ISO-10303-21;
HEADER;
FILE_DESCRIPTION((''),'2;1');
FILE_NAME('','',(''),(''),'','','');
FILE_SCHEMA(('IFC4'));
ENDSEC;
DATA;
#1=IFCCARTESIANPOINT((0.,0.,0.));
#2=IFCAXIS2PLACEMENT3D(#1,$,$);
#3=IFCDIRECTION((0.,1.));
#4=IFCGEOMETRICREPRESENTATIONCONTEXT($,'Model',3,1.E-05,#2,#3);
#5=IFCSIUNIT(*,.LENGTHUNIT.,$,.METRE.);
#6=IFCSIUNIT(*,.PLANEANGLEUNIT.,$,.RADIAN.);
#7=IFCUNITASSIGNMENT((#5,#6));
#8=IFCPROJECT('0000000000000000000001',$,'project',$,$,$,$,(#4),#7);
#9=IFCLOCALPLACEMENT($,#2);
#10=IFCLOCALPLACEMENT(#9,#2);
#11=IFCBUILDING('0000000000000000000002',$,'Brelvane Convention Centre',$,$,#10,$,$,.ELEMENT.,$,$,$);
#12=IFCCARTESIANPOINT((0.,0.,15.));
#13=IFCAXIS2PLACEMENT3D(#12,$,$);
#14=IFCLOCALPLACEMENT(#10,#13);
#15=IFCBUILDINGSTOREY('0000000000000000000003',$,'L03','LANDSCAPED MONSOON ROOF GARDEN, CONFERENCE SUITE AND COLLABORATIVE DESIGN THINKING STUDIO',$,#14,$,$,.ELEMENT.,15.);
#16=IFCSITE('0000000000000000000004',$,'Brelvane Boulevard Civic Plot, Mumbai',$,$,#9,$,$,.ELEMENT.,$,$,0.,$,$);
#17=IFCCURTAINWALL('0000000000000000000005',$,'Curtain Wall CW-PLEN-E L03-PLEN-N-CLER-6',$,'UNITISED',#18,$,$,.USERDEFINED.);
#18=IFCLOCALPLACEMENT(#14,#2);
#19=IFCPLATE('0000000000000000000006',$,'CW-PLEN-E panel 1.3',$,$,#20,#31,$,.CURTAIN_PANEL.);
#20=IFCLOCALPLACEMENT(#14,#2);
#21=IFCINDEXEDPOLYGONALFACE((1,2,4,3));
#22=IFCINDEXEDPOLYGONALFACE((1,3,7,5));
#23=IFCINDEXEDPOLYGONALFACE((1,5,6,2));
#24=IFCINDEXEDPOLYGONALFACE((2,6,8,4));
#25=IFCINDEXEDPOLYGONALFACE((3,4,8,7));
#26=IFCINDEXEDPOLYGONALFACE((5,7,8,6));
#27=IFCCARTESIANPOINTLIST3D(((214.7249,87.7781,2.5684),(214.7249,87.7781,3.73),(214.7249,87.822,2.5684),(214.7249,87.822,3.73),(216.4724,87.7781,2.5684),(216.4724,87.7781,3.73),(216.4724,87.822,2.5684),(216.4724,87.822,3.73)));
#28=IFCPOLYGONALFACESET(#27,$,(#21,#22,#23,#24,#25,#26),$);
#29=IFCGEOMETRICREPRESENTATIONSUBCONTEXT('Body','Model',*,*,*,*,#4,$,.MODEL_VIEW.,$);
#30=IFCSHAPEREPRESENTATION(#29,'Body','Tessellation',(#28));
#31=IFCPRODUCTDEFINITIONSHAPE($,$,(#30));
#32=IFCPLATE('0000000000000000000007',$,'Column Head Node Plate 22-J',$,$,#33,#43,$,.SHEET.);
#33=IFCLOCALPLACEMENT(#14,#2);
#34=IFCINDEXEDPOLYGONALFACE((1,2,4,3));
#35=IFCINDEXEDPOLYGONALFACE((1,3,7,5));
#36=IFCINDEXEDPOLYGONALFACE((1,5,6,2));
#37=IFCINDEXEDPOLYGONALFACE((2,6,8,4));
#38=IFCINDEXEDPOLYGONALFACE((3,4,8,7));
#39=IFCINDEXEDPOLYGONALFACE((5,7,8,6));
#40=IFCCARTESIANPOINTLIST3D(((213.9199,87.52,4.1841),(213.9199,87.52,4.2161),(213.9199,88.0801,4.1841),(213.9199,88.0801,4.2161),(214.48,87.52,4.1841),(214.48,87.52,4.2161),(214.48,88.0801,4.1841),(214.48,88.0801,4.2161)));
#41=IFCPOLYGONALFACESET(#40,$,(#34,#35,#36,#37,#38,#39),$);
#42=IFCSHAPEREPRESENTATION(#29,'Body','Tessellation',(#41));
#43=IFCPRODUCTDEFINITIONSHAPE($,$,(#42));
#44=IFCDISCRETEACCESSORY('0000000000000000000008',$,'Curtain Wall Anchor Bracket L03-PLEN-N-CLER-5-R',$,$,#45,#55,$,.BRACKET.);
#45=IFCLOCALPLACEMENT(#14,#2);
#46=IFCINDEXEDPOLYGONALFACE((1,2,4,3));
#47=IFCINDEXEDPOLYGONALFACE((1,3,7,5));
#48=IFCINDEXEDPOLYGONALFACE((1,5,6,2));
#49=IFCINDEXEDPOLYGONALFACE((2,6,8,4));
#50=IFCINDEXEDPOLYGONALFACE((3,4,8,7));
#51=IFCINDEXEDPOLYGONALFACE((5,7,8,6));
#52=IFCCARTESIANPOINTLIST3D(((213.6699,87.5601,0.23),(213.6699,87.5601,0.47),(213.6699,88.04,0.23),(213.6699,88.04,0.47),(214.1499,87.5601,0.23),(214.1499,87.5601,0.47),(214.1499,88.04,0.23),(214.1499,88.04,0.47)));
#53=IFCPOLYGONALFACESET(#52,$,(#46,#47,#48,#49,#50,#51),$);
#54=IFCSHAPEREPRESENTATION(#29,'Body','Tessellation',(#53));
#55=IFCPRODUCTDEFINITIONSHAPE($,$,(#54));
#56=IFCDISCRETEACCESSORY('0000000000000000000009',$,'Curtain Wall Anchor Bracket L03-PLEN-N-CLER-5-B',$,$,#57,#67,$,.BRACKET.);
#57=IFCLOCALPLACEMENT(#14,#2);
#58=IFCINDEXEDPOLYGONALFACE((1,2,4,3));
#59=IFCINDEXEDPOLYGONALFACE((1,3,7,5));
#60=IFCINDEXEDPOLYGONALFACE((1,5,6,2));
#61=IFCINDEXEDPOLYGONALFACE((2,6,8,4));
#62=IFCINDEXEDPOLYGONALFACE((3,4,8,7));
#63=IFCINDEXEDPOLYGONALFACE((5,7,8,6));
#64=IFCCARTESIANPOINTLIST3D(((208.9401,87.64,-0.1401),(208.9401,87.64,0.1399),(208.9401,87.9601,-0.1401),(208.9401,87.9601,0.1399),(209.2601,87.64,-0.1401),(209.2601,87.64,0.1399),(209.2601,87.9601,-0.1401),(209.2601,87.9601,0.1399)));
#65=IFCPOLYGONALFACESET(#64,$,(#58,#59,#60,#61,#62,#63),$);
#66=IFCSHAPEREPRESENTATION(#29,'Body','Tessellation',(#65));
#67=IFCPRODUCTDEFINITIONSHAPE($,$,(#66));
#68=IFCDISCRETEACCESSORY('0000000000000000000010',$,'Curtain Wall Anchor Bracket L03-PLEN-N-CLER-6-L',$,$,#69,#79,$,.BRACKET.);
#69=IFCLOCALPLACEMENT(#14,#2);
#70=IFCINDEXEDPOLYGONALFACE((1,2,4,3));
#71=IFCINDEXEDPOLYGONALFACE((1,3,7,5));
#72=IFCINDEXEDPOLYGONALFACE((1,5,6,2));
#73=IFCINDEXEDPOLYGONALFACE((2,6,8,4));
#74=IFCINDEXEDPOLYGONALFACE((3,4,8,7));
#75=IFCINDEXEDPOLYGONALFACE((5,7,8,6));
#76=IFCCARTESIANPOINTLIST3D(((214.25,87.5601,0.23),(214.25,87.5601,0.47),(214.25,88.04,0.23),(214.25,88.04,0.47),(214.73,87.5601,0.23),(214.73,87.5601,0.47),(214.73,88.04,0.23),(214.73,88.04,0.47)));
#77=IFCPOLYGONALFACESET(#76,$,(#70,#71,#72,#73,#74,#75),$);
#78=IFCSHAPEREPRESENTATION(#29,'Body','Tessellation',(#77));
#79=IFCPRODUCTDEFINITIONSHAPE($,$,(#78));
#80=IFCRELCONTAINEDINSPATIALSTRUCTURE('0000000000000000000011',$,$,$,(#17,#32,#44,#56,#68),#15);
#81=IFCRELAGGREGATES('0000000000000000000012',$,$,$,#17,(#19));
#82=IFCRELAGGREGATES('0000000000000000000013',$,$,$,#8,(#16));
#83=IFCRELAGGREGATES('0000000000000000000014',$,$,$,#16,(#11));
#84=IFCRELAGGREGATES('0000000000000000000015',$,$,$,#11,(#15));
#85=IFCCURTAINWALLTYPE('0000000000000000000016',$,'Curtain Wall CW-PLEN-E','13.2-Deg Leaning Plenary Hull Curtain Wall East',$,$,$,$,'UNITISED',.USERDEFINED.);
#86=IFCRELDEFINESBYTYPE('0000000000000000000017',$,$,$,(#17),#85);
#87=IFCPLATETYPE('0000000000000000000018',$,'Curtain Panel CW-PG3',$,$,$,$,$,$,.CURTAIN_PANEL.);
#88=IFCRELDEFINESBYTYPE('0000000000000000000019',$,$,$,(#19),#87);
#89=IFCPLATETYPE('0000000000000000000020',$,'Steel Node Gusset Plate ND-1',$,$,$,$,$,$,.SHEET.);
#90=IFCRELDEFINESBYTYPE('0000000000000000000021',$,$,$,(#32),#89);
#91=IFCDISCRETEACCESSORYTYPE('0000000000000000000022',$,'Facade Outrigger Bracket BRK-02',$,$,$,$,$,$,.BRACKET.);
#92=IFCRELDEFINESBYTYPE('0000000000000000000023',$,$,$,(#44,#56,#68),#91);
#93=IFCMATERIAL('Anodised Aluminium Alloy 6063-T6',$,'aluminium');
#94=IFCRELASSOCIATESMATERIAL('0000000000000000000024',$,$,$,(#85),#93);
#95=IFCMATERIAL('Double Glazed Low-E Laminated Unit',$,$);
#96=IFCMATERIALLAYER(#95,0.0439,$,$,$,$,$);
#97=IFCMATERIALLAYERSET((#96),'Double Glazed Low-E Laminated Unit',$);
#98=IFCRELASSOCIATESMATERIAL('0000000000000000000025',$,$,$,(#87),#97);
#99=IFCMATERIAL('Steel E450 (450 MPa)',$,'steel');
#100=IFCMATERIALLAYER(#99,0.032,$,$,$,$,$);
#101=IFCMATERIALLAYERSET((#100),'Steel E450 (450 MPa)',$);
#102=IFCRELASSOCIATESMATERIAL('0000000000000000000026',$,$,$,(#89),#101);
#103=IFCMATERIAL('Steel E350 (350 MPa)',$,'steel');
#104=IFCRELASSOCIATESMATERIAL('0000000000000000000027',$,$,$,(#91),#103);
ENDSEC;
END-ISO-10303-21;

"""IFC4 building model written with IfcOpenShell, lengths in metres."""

from ifc_helpers import new_model, si_unit, direction, frame, origin, origin_2d, place, context, subcontext, project, spatial, rectangle, extrude, material, layer, layer_set, type_object, element, aggregate, save


model = new_model("IFC4")

# Units and contexts
model_context = context("Model", 3, precision=1e-05, world=origin(), true_north=direction((0.0, 1.0)))
body_context = subcontext(model_context, "Body", "Model", "MODEL_VIEW")
ifc_project = project(units=[si_unit("LENGTHUNIT", "METRE"), si_unit("PLANEANGLEUNIT", "RADIAN")], contexts=[model_context])

# Site, building, storey
site_placement = place(None, origin())
site = spatial("IfcSite", under=ifc_project, at=site_placement, Name="Brelvane Boulevard Civic Plot, Mumbai", CompositionType="ELEMENT", RefElevation=0.0)
building_placement = place(site_placement, origin())
building = spatial("IfcBuilding", under=site, at=building_placement, Name="Brelvane Convention Centre", CompositionType="ELEMENT")
storey_placement = place(building_placement, frame((0.0, 0.0, 15.0)))
storey = spatial("IfcBuildingStorey", under=building, at=storey_placement, Name="L03", Description="LANDSCAPED MONSOON ROOF GARDEN, CONFERENCE SUITE AND COLLABORATIVE DESIGN THINKING STUDIO", CompositionType="ELEMENT", Elevation=15.0)

# Curtain wall
ifc_material_1 = material(Name="Anodised Aluminium Alloy 6063-T6", Category="aluminium")
curtain_wall_type = type_object("IfcCurtainWallType", Name="Curtain Wall CW-PLEN-E", Description="13.2-Deg Leaning Plenary Hull Curtain Wall East", ElementType="UNITISED", PredefinedType="USERDEFINED", material=ifc_material_1)
curtain_wall_1_placement = place(storey_placement, origin())
curtain_wall_1 = element("IfcCurtainWall", 1, at=curtain_wall_1_placement, inside=storey, type_object=curtain_wall_type, Name="Curtain Wall CW-PLEN-E L03-PLEN-N-CLER-6", ObjectType="UNITISED", PredefinedType="USERDEFINED")

# Plates
ifc_material_2 = material(Name="Double Glazed Low-E Laminated Unit")
ifc_layer_1 = layer(ifc_material_2, 0.0439)
ifc_layer_set_1 = layer_set([ifc_layer_1], Name="Double Glazed Low-E Laminated Unit")
plate_type_1 = type_object("IfcPlateType", Name="Curtain Panel CW-PG3", PredefinedType="CURTAIN_PANEL", material=ifc_layer_set_1)
plate_1_placement = place(storey_placement, frame((215.5986, 87.8, 2.5684), z_axis=(0.0, 0.0, 1.0), x_axis=(1.0, 0.0, 0.0)))
plate_1 = element("IfcPlate", 2, at=plate_1_placement, type_object=plate_type_1, Name="CW-PLEN-E panel 1.3", PredefinedType="CURTAIN_PANEL", context=body_context, shape_type="SweptSolid", body=[
    extrude(rectangle(XDim=1.7476, YDim=0.0439, at=origin_2d()), origin(), (0.0, 0.0, 1.0), 1.1616),
])
aggregate(curtain_wall_1, [plate_1])
ifc_material_3 = material(Name="Steel E450 (450 MPa)", Category="steel")
ifc_layer_2 = layer(ifc_material_3, 0.032)
ifc_layer_set_2 = layer_set([ifc_layer_2], Name="Steel E450 (450 MPa)")
plate_type_2 = type_object("IfcPlateType", Name="Steel Node Gusset Plate ND-1", PredefinedType="SHEET", material=ifc_layer_set_2)
plate_2_placement = place(storey_placement, frame((214.2, 87.8, 4.1841), z_axis=(0.0, 0.0, 1.0), x_axis=(1.0, 0.0, 0.0)))
element("IfcPlate", 3, at=plate_2_placement, inside=storey, type_object=plate_type_2, Name="Column Head Node Plate 22-J", PredefinedType="SHEET", context=body_context, shape_type="SweptSolid", body=[
    extrude(rectangle(XDim=0.5601, YDim=0.5601, at=origin_2d()), origin(), (0.0, 0.0, 1.0), 0.032),
])

# Discrete accessories
ifc_material_4 = material(Name="Steel E350 (350 MPa)", Category="steel")
discrete_accessory_type = type_object("IfcDiscreteAccessoryType", Name="Facade Outrigger Bracket BRK-02", PredefinedType="BRACKET", material=ifc_material_4)
discrete_accessory_1_placement = place(storey_placement, frame((213.9099, 87.8, 0.23), z_axis=(0.0, 0.0, 1.0), x_axis=(1.0, 0.0, 0.0)))
element("IfcDiscreteAccessory", 4, at=discrete_accessory_1_placement, inside=storey, type_object=discrete_accessory_type, Name="Curtain Wall Anchor Bracket L03-PLEN-N-CLER-5-R", PredefinedType="BRACKET", context=body_context, shape_type="SweptSolid", body=[
    extrude(rectangle(XDim=0.48, YDim=0.48, at=origin_2d()), origin(), (0.0, 0.0, 1.0), 0.24),
])
discrete_accessory_2_placement = place(storey_placement, frame((209.1001, 87.8, -0.1401), z_axis=(0.0, 0.0, 1.0), x_axis=(1.0, 0.0, 0.0)))
element("IfcDiscreteAccessory", 5, at=discrete_accessory_2_placement, inside=storey, type_object=discrete_accessory_type, Name="Curtain Wall Anchor Bracket L03-PLEN-N-CLER-5-B", PredefinedType="BRACKET", context=body_context, shape_type="SweptSolid", body=[
    extrude(rectangle(XDim=0.3201, YDim=0.3201, at=origin_2d()), origin(), (0.0, 0.0, 1.0), 0.28),
])
discrete_accessory_3_placement = place(storey_placement, frame((214.49, 87.8, 0.23), z_axis=(0.0, 0.0, 1.0), x_axis=(1.0, 0.0, 0.0)))
element("IfcDiscreteAccessory", 6, at=discrete_accessory_3_placement, inside=storey, type_object=discrete_accessory_type, Name="Curtain Wall Anchor Bracket L03-PLEN-N-CLER-6-L", PredefinedType="BRACKET", context=body_context, shape_type="SweptSolid", body=[
    extrude(rectangle(XDim=0.48, YDim=0.48, at=origin_2d()), origin(), (0.0, 0.0, 1.0), 0.24),
])

save(model, "model.ifc")
